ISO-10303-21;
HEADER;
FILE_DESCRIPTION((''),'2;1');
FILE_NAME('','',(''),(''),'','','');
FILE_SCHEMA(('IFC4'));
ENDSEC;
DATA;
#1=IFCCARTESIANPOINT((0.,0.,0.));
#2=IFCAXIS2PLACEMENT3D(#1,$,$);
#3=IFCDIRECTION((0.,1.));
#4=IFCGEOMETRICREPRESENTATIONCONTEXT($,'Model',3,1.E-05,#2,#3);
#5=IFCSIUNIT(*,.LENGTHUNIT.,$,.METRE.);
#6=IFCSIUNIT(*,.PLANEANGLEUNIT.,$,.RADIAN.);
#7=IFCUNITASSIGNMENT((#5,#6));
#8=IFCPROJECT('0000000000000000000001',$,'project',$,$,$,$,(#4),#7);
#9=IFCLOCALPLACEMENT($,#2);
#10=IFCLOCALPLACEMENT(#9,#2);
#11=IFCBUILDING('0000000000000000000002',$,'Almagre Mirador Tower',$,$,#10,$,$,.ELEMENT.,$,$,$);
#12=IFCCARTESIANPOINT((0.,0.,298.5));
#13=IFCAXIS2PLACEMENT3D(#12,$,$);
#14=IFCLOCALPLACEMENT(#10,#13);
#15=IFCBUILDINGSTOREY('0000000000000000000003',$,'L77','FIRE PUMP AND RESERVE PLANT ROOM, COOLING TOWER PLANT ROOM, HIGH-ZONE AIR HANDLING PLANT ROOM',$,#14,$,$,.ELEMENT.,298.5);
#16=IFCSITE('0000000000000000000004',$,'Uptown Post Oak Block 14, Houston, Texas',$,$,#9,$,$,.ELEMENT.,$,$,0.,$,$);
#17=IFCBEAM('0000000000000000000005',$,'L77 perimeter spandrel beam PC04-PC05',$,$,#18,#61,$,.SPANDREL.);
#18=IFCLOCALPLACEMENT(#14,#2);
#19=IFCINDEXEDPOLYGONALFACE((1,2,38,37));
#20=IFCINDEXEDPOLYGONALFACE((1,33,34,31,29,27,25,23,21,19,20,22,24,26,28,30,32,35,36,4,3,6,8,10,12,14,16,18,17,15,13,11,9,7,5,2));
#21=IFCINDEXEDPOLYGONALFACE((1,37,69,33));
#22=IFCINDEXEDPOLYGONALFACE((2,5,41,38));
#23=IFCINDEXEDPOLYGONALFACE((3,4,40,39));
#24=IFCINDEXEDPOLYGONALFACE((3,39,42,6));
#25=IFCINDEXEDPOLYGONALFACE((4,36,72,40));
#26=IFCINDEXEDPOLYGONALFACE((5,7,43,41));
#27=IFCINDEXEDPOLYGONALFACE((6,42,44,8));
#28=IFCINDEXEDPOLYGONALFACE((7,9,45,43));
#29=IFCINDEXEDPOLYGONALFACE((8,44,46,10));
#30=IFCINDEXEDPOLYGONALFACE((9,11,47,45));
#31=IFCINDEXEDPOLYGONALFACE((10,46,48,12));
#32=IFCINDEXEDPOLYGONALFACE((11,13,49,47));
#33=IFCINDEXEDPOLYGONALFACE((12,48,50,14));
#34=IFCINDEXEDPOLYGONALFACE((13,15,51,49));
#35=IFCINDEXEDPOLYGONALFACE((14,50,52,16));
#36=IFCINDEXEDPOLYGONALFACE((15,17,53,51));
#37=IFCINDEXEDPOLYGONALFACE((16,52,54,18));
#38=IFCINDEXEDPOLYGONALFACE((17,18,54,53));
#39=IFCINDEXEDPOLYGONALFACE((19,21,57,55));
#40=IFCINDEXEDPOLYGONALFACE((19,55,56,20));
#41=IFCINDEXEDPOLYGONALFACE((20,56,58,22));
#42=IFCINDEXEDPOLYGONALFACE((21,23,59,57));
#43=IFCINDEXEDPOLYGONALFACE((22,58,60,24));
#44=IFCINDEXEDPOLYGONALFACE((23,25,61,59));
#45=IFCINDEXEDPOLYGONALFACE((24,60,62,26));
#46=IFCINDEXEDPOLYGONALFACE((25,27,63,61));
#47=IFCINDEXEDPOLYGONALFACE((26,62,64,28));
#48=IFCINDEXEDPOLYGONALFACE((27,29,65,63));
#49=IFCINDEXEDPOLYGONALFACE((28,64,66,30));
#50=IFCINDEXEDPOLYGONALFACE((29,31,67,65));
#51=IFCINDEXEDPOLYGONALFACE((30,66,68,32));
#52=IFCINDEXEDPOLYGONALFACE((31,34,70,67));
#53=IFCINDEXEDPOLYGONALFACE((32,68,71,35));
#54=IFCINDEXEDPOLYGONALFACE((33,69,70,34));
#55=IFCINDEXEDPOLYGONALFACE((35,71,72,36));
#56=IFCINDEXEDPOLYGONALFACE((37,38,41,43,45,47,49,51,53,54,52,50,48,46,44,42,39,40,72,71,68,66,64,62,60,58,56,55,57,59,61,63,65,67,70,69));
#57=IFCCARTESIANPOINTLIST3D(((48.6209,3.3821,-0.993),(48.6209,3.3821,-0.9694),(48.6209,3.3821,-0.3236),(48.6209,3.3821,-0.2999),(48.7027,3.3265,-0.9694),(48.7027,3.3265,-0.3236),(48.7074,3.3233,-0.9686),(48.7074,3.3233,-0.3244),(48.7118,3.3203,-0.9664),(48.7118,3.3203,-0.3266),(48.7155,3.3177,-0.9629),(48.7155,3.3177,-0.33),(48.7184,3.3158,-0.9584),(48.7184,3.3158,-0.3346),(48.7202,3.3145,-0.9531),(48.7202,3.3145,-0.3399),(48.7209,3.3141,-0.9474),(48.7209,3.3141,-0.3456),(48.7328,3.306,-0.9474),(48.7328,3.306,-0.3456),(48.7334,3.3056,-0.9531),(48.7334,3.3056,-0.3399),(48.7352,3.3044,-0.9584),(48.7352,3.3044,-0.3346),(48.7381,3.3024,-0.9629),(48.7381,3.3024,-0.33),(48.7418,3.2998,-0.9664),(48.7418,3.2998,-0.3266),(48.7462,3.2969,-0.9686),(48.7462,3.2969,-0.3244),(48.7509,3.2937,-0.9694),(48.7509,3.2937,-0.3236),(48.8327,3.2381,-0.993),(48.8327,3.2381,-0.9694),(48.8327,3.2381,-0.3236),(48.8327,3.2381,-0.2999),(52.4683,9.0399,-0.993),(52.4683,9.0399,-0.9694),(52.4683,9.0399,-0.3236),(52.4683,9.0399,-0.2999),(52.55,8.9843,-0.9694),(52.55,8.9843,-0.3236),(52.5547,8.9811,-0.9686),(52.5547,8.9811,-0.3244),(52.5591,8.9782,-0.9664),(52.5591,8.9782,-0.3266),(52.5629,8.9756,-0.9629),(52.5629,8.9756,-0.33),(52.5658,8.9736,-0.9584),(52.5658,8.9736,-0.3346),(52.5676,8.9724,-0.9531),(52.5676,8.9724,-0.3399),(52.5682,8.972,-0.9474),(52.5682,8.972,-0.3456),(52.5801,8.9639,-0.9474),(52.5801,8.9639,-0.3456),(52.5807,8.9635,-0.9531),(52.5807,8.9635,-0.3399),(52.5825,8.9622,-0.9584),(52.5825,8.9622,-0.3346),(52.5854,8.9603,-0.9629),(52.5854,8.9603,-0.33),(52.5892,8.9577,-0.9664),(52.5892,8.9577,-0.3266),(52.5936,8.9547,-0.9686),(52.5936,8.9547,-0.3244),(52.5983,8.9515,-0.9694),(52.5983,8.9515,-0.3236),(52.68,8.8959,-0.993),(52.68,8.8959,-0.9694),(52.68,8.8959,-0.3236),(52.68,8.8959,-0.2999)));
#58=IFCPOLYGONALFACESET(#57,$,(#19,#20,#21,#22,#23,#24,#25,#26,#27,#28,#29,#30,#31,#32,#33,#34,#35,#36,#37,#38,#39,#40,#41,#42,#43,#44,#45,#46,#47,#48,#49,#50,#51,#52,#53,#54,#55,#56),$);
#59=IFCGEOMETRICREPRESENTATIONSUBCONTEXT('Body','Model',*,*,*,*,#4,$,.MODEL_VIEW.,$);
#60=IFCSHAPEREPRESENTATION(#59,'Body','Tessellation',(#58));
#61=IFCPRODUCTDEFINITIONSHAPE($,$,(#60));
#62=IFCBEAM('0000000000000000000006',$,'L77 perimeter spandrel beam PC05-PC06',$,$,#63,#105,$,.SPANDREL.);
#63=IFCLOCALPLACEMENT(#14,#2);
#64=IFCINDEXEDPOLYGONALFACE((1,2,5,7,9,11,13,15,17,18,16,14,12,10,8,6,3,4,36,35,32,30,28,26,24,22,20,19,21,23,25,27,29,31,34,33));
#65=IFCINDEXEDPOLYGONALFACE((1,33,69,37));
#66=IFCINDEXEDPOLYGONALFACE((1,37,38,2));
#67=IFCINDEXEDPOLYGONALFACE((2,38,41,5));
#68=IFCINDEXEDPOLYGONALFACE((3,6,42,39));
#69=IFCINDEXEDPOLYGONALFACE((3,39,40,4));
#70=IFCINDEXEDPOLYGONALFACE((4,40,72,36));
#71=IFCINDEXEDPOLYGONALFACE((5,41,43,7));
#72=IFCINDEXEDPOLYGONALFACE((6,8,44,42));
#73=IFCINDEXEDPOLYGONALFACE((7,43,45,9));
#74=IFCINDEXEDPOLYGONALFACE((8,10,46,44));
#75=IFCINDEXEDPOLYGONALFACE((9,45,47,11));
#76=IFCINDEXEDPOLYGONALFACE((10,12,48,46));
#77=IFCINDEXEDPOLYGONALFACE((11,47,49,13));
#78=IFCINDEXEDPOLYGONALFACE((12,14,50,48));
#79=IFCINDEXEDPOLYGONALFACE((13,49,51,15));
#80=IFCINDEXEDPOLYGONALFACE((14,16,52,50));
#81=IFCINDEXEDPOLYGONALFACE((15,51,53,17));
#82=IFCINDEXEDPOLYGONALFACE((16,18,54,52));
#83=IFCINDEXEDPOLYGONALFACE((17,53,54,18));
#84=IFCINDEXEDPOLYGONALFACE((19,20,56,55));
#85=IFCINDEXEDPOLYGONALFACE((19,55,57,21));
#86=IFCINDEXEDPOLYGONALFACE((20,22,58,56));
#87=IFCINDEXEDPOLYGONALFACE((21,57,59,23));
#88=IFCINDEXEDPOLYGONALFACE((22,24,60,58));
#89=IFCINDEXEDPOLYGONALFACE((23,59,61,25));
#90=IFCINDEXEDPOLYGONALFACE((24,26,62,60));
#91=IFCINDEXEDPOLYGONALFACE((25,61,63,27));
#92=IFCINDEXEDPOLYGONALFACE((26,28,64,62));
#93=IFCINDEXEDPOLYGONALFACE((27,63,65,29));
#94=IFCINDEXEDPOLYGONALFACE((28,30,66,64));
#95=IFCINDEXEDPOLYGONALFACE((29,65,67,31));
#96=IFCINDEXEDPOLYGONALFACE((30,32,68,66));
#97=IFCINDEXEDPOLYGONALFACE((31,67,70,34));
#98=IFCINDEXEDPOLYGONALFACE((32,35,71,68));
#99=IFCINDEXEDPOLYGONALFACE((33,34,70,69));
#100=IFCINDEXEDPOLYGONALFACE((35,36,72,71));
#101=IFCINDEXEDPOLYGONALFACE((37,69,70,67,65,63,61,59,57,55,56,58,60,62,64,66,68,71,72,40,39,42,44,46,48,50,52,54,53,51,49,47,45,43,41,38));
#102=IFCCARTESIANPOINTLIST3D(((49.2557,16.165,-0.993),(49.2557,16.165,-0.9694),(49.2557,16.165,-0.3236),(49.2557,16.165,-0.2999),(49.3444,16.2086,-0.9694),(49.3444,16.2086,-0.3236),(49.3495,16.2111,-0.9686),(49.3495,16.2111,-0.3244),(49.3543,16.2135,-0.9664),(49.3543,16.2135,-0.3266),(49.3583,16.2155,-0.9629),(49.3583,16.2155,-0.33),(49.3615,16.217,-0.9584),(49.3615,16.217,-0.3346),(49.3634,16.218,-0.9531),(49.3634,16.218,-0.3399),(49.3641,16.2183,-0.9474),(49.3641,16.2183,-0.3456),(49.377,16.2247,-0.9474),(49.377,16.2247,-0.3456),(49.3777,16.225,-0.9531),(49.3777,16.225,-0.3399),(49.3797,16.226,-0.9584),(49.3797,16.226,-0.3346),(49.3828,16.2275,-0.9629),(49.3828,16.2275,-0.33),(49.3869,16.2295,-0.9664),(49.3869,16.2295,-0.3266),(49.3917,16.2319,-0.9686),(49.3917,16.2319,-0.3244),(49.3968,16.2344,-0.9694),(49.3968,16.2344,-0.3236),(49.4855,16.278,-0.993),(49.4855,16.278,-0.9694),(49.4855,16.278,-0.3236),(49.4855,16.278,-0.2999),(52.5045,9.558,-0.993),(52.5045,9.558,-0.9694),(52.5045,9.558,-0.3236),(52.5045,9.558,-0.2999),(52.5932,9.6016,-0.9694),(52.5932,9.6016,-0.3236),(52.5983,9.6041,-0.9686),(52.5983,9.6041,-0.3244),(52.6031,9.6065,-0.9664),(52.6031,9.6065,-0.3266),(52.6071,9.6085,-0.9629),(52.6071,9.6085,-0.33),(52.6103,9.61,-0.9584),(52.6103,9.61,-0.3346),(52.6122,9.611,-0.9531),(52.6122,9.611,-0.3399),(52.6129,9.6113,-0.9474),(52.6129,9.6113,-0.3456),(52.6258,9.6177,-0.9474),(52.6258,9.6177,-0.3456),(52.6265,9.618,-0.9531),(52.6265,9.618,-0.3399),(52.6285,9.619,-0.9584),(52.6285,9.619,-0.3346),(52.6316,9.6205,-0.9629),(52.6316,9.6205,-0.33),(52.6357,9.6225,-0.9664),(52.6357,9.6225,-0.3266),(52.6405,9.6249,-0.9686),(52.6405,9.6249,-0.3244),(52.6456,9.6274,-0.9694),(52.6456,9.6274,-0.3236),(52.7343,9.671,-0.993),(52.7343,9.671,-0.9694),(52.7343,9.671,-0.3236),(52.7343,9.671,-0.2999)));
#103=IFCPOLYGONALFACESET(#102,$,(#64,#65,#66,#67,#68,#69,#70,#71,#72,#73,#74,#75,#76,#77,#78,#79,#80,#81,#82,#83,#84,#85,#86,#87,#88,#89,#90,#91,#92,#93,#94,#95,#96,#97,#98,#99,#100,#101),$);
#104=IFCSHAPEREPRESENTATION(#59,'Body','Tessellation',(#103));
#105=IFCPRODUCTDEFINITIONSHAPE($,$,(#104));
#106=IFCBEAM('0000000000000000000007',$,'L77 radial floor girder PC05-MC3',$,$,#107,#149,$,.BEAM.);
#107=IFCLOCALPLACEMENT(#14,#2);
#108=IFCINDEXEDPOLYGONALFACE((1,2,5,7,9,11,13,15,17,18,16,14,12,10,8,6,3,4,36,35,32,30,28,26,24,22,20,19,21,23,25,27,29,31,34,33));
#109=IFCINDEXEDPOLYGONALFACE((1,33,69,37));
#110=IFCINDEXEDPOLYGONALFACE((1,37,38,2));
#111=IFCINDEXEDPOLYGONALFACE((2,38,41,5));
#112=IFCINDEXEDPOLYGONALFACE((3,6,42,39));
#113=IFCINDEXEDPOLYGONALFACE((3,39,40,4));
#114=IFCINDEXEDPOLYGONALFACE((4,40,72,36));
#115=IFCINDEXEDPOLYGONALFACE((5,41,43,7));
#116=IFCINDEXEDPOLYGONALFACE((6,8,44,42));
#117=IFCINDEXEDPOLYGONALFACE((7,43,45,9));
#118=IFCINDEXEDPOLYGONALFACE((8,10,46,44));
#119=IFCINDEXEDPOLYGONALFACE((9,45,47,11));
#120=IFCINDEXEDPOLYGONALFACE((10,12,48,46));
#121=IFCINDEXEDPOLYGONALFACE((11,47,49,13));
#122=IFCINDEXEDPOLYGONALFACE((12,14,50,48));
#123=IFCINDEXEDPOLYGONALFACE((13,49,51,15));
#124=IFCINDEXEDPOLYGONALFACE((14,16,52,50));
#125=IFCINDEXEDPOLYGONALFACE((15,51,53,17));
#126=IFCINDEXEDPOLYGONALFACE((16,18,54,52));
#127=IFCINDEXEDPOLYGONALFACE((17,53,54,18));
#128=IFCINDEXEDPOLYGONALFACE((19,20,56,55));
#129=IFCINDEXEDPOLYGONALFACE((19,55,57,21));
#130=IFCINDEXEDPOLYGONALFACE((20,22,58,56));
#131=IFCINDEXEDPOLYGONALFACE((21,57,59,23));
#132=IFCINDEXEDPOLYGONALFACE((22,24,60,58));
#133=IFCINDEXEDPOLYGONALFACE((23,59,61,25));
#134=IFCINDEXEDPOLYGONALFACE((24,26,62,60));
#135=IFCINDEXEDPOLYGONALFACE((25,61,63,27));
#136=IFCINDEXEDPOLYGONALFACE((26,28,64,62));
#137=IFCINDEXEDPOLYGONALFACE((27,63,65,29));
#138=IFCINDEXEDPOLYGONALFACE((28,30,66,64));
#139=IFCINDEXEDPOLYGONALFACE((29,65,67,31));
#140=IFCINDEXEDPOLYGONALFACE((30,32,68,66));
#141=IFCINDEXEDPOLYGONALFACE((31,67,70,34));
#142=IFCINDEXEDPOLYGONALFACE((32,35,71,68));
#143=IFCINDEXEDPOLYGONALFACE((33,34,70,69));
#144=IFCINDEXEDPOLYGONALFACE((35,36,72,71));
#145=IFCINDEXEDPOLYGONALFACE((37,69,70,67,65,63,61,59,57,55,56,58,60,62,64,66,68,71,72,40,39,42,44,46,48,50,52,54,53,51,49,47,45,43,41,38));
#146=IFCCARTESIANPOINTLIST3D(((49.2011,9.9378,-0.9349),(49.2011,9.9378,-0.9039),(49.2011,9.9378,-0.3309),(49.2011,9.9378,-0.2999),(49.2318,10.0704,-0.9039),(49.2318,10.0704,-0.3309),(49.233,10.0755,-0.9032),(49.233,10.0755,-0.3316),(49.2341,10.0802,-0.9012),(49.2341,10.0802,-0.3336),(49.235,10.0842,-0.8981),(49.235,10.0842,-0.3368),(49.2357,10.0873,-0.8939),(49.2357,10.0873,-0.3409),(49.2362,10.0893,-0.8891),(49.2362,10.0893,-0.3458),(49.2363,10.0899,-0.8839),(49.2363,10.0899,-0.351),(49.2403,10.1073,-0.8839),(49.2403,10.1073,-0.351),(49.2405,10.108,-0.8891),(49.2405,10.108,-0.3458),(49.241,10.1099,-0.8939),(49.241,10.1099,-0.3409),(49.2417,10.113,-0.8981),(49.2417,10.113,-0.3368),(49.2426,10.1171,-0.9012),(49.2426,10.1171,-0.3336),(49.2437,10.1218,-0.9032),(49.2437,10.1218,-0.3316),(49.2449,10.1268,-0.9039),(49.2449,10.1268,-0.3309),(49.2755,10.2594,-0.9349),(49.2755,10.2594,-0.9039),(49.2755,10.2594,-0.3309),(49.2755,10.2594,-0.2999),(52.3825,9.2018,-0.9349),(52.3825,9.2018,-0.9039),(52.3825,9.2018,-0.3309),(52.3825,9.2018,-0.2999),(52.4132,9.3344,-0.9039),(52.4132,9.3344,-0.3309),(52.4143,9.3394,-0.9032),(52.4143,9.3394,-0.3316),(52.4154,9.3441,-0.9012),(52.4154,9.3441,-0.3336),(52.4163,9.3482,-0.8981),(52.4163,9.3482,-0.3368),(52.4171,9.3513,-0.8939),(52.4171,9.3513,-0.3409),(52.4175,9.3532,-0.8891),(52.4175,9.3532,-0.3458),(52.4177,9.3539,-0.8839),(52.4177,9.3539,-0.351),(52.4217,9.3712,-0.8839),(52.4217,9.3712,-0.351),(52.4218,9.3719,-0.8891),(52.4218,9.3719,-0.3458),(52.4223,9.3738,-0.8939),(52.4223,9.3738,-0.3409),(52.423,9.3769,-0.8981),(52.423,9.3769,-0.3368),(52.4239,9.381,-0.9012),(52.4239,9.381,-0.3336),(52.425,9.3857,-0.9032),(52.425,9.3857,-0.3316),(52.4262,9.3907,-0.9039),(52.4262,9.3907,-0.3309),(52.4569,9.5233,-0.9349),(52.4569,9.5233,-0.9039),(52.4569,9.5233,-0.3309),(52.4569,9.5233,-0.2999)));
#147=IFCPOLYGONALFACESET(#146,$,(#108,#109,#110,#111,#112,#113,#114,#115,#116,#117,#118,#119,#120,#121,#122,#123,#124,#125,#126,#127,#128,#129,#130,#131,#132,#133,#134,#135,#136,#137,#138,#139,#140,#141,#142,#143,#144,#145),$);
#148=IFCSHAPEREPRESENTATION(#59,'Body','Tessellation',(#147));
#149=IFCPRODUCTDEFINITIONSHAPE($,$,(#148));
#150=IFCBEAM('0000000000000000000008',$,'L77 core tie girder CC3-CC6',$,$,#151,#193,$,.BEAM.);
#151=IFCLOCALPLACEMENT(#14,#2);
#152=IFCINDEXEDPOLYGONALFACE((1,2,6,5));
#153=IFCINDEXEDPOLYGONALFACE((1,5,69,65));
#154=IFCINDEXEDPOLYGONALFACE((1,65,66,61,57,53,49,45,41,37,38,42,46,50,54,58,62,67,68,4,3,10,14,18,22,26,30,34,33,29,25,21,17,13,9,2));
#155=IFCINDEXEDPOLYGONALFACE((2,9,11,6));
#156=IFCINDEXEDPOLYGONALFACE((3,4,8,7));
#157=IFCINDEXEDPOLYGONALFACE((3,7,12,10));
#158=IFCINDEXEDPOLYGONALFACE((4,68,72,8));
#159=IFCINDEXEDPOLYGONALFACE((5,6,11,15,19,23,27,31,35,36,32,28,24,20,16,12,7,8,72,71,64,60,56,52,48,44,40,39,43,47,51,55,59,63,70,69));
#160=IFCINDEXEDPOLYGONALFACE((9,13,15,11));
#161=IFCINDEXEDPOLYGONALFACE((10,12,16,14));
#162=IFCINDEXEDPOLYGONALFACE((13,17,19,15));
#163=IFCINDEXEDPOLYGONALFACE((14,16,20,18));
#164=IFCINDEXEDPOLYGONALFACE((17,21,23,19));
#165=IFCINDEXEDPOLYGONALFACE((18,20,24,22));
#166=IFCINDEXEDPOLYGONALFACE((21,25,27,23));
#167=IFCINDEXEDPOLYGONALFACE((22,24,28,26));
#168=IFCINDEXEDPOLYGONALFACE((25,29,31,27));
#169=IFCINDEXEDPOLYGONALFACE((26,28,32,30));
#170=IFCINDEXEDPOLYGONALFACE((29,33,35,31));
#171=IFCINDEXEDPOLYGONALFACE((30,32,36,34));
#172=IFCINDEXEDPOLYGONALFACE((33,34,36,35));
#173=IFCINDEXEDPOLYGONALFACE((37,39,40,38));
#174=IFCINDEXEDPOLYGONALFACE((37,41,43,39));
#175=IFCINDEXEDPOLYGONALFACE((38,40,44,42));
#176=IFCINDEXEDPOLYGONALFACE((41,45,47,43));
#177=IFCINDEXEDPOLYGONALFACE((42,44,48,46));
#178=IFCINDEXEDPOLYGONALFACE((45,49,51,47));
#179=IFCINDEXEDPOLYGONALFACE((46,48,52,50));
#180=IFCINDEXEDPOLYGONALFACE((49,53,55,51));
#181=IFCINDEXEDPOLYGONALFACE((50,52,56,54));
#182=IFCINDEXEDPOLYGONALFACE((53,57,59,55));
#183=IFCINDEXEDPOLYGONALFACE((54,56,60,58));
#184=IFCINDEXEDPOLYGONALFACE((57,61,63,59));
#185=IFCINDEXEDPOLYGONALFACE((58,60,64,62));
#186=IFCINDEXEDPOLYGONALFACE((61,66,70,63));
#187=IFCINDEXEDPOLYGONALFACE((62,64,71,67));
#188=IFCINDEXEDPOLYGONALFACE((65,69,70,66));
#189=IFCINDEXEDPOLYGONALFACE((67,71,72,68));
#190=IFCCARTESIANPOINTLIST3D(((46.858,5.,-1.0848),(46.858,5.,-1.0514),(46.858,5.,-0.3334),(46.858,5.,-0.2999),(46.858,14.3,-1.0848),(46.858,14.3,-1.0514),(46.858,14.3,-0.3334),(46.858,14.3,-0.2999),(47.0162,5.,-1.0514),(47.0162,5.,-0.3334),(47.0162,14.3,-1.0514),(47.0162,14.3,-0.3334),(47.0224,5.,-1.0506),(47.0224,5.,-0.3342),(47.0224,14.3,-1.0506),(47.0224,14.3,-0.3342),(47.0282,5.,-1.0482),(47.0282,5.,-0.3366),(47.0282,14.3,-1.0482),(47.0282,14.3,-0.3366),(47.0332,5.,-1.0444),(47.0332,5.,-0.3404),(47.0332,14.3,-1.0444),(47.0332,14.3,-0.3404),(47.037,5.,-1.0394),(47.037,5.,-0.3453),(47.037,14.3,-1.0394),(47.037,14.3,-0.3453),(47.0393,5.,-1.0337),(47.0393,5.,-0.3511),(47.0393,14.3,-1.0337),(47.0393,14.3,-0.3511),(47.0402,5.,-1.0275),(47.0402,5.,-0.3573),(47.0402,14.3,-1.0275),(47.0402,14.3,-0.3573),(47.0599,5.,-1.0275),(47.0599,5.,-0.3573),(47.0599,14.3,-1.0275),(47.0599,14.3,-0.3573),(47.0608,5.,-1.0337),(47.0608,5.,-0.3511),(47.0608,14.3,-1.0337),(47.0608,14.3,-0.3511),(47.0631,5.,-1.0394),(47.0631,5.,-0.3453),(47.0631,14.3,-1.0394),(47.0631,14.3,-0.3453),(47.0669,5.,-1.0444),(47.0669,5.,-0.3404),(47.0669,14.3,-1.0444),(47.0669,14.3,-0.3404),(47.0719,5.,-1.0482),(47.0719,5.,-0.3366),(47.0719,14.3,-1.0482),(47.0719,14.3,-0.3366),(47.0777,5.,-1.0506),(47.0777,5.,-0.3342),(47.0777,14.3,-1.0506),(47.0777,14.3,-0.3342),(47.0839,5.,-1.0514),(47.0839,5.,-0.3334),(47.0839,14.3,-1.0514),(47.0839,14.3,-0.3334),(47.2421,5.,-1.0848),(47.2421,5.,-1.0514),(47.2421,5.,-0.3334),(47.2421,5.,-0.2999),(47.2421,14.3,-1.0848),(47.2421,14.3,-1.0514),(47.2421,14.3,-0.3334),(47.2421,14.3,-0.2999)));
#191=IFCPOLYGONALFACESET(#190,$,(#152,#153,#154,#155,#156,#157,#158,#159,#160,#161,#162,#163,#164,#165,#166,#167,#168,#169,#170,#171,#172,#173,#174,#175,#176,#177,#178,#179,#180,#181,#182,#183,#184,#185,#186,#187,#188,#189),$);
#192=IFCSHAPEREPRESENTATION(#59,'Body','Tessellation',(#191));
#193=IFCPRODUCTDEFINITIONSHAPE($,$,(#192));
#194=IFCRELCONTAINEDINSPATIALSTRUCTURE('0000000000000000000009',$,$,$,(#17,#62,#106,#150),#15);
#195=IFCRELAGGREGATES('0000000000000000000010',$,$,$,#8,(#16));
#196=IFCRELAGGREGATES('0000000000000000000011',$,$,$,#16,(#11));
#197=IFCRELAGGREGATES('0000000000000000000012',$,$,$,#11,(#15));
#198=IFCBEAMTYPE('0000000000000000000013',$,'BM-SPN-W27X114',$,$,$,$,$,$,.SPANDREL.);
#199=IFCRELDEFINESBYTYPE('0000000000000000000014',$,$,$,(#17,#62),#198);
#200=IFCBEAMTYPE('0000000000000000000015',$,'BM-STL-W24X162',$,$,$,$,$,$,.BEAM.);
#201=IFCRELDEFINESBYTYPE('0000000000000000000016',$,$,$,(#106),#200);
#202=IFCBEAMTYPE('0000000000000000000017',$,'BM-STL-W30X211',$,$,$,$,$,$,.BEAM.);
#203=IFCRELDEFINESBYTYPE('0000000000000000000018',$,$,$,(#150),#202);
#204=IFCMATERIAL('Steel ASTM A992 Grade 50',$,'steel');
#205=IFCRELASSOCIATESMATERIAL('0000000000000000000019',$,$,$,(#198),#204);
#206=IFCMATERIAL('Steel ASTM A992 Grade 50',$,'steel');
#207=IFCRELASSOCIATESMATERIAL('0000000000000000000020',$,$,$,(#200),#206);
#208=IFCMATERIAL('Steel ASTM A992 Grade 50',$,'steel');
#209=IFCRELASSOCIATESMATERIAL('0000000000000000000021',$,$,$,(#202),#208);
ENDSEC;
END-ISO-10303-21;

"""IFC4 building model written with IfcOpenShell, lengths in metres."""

from ifc_helpers import new_model, si_unit, direction, frame, origin, origin_2d, place, context, subcontext, project, spatial, i_section, extrude, material, material_profile, profile_set, type_object, element, save


model = new_model("IFC4")

# Units and contexts
model_context = context("Model", 3, precision=1e-05, world=origin(), true_north=direction((0.0, 1.0)))
body_context = subcontext(model_context, "Body", "Model", "MODEL_VIEW")
ifc_project = project(units=[si_unit("LENGTHUNIT", "METRE"), si_unit("PLANEANGLEUNIT", "RADIAN")], contexts=[model_context])

# Site, building, storey
site_placement = place(None, origin())
site = spatial("IfcSite", under=ifc_project, at=site_placement, Name="Uptown Post Oak Block 14, Houston, Texas", CompositionType="ELEMENT", RefElevation=0.0)
building_placement = place(site_placement, origin())
building = spatial("IfcBuilding", under=site, at=building_placement, Name="Almagre Mirador Tower", CompositionType="ELEMENT")
storey_placement = place(building_placement, frame((0.0, 0.0, 298.5)))
storey = spatial("IfcBuildingStorey", under=building, at=storey_placement, Name="L77", Description="FIRE PUMP AND RESERVE PLANT ROOM, COOLING TOWER PLANT ROOM, HIGH-ZONE AIR HANDLING PLANT ROOM", CompositionType="ELEMENT", Elevation=298.5)

# Beams
ifc_material_1 = material(Name="Steel ASTM A992 Grade 50", Category="steel")
ifc_material_profile_1 = material_profile(ifc_material_1, i_section(OverallWidth=0.2561, OverallDepth=0.6931, WebThickness=0.0144, FlangeThickness=0.0237, FilletRadius=0.022, at=origin_2d()), Name="W27X114")
ifc_profile_set_1 = profile_set([ifc_material_profile_1], Name="Steel ASTM A992 Grade 50")
beam_type_1 = type_object("IfcBeamType", Name="BM-SPN-W27X114", PredefinedType="SPANDREL", material=ifc_profile_set_1)
beam_1_placement = place(storey_placement, frame((48.7268, 3.3101, -0.6465), z_axis=(0.56231, 0.826927, 0.0), x_axis=(-0.826927, 0.56231, 0.0)))
element("IfcBeam", 1, at=beam_1_placement, inside=storey, type_object=beam_type_1, Name="L77 perimeter spandrel beam PC04-PC05", PredefinedType="SPANDREL", context=body_context, shape_type="SweptSolid", body=[
    extrude(i_section(OverallWidth=0.2561, OverallDepth=0.6931, WebThickness=0.0144, FlangeThickness=0.0237, FilletRadius=0.022, at=origin_2d()), origin(), (0.0, 0.0, 1.0), 6.842),
])
beam_2_placement = place(storey_placement, frame((52.6194, 9.6145, -0.6465), z_axis=(-0.441261, 0.897379, 0.0), x_axis=(-0.897379, -0.441261, 0.0)))
element("IfcBeam", 2, at=beam_2_placement, inside=storey, type_object=beam_type_1, Name="L77 perimeter spandrel beam PC05-PC06", PredefinedType="SPANDREL", context=body_context, shape_type="SweptSolid", body=[
    extrude(i_section(OverallWidth=0.2561, OverallDepth=0.6931, WebThickness=0.0144, FlangeThickness=0.0237, FilletRadius=0.022, at=origin_2d()), origin(), (0.0, 0.0, 1.0), 7.3625),
])
ifc_material_2 = material(Name="Steel ASTM A992 Grade 50", Category="steel")
ifc_material_profile_2 = material_profile(ifc_material_2, i_section(OverallWidth=0.3301, OverallDepth=0.635, WebThickness=0.0178, FlangeThickness=0.031, FilletRadius=0.02, at=origin_2d()), Name="W24X162")
ifc_profile_set_2 = profile_set([ifc_material_profile_2], Name="Steel ASTM A992 Grade 50")
beam_type_2 = type_object("IfcBeamType", Name="BM-STL-W24X162", PredefinedType="BEAM", material=ifc_profile_set_2)
beam_3_placement = place(storey_placement, frame((52.4197, 9.3625, -0.6174), z_axis=(-0.974263, 0.225416, 0.0), x_axis=(-0.225416, -0.974263, 0.0)))
element("IfcBeam", 3, at=beam_3_placement, inside=storey, type_object=beam_type_2, Name="L77 radial floor girder PC05-MC3", PredefinedType="BEAM", context=body_context, shape_type="SweptSolid", body=[
    extrude(i_section(OverallWidth=0.3301, OverallDepth=0.635, WebThickness=0.0178, FlangeThickness=0.031, FilletRadius=0.02, at=origin_2d()), origin(), (0.0, 0.0, 1.0), 3.2654),
])
ifc_material_3 = material(Name="Steel ASTM A992 Grade 50", Category="steel")
ifc_material_profile_3 = material_profile(ifc_material_3, i_section(OverallWidth=0.384, OverallDepth=0.7849, WebThickness=0.0198, FlangeThickness=0.0334, FilletRadius=0.0239, at=origin_2d()), Name="W30X211")
ifc_profile_set_3 = profile_set([ifc_material_profile_3], Name="Steel ASTM A992 Grade 50")
beam_type_3 = type_object("IfcBeamType", Name="BM-STL-W30X211", PredefinedType="BEAM", material=ifc_profile_set_3)
beam_4_placement = place(storey_placement, frame((47.05, 5.0, -0.6924), z_axis=(0.0, 1.0, 0.0), x_axis=(-1.0, 0.0, 0.0)))
element("IfcBeam", 4, at=beam_4_placement, inside=storey, type_object=beam_type_3, Name="L77 core tie girder CC3-CC6", PredefinedType="BEAM", context=body_context, shape_type="SweptSolid", body=[
    extrude(i_section(OverallWidth=0.384, OverallDepth=0.7849, WebThickness=0.0198, FlangeThickness=0.0334, FilletRadius=0.0239, at=origin_2d()), origin(), (0.0, 0.0, 1.0), 9.3),
])

save(model, "model.ifc")
